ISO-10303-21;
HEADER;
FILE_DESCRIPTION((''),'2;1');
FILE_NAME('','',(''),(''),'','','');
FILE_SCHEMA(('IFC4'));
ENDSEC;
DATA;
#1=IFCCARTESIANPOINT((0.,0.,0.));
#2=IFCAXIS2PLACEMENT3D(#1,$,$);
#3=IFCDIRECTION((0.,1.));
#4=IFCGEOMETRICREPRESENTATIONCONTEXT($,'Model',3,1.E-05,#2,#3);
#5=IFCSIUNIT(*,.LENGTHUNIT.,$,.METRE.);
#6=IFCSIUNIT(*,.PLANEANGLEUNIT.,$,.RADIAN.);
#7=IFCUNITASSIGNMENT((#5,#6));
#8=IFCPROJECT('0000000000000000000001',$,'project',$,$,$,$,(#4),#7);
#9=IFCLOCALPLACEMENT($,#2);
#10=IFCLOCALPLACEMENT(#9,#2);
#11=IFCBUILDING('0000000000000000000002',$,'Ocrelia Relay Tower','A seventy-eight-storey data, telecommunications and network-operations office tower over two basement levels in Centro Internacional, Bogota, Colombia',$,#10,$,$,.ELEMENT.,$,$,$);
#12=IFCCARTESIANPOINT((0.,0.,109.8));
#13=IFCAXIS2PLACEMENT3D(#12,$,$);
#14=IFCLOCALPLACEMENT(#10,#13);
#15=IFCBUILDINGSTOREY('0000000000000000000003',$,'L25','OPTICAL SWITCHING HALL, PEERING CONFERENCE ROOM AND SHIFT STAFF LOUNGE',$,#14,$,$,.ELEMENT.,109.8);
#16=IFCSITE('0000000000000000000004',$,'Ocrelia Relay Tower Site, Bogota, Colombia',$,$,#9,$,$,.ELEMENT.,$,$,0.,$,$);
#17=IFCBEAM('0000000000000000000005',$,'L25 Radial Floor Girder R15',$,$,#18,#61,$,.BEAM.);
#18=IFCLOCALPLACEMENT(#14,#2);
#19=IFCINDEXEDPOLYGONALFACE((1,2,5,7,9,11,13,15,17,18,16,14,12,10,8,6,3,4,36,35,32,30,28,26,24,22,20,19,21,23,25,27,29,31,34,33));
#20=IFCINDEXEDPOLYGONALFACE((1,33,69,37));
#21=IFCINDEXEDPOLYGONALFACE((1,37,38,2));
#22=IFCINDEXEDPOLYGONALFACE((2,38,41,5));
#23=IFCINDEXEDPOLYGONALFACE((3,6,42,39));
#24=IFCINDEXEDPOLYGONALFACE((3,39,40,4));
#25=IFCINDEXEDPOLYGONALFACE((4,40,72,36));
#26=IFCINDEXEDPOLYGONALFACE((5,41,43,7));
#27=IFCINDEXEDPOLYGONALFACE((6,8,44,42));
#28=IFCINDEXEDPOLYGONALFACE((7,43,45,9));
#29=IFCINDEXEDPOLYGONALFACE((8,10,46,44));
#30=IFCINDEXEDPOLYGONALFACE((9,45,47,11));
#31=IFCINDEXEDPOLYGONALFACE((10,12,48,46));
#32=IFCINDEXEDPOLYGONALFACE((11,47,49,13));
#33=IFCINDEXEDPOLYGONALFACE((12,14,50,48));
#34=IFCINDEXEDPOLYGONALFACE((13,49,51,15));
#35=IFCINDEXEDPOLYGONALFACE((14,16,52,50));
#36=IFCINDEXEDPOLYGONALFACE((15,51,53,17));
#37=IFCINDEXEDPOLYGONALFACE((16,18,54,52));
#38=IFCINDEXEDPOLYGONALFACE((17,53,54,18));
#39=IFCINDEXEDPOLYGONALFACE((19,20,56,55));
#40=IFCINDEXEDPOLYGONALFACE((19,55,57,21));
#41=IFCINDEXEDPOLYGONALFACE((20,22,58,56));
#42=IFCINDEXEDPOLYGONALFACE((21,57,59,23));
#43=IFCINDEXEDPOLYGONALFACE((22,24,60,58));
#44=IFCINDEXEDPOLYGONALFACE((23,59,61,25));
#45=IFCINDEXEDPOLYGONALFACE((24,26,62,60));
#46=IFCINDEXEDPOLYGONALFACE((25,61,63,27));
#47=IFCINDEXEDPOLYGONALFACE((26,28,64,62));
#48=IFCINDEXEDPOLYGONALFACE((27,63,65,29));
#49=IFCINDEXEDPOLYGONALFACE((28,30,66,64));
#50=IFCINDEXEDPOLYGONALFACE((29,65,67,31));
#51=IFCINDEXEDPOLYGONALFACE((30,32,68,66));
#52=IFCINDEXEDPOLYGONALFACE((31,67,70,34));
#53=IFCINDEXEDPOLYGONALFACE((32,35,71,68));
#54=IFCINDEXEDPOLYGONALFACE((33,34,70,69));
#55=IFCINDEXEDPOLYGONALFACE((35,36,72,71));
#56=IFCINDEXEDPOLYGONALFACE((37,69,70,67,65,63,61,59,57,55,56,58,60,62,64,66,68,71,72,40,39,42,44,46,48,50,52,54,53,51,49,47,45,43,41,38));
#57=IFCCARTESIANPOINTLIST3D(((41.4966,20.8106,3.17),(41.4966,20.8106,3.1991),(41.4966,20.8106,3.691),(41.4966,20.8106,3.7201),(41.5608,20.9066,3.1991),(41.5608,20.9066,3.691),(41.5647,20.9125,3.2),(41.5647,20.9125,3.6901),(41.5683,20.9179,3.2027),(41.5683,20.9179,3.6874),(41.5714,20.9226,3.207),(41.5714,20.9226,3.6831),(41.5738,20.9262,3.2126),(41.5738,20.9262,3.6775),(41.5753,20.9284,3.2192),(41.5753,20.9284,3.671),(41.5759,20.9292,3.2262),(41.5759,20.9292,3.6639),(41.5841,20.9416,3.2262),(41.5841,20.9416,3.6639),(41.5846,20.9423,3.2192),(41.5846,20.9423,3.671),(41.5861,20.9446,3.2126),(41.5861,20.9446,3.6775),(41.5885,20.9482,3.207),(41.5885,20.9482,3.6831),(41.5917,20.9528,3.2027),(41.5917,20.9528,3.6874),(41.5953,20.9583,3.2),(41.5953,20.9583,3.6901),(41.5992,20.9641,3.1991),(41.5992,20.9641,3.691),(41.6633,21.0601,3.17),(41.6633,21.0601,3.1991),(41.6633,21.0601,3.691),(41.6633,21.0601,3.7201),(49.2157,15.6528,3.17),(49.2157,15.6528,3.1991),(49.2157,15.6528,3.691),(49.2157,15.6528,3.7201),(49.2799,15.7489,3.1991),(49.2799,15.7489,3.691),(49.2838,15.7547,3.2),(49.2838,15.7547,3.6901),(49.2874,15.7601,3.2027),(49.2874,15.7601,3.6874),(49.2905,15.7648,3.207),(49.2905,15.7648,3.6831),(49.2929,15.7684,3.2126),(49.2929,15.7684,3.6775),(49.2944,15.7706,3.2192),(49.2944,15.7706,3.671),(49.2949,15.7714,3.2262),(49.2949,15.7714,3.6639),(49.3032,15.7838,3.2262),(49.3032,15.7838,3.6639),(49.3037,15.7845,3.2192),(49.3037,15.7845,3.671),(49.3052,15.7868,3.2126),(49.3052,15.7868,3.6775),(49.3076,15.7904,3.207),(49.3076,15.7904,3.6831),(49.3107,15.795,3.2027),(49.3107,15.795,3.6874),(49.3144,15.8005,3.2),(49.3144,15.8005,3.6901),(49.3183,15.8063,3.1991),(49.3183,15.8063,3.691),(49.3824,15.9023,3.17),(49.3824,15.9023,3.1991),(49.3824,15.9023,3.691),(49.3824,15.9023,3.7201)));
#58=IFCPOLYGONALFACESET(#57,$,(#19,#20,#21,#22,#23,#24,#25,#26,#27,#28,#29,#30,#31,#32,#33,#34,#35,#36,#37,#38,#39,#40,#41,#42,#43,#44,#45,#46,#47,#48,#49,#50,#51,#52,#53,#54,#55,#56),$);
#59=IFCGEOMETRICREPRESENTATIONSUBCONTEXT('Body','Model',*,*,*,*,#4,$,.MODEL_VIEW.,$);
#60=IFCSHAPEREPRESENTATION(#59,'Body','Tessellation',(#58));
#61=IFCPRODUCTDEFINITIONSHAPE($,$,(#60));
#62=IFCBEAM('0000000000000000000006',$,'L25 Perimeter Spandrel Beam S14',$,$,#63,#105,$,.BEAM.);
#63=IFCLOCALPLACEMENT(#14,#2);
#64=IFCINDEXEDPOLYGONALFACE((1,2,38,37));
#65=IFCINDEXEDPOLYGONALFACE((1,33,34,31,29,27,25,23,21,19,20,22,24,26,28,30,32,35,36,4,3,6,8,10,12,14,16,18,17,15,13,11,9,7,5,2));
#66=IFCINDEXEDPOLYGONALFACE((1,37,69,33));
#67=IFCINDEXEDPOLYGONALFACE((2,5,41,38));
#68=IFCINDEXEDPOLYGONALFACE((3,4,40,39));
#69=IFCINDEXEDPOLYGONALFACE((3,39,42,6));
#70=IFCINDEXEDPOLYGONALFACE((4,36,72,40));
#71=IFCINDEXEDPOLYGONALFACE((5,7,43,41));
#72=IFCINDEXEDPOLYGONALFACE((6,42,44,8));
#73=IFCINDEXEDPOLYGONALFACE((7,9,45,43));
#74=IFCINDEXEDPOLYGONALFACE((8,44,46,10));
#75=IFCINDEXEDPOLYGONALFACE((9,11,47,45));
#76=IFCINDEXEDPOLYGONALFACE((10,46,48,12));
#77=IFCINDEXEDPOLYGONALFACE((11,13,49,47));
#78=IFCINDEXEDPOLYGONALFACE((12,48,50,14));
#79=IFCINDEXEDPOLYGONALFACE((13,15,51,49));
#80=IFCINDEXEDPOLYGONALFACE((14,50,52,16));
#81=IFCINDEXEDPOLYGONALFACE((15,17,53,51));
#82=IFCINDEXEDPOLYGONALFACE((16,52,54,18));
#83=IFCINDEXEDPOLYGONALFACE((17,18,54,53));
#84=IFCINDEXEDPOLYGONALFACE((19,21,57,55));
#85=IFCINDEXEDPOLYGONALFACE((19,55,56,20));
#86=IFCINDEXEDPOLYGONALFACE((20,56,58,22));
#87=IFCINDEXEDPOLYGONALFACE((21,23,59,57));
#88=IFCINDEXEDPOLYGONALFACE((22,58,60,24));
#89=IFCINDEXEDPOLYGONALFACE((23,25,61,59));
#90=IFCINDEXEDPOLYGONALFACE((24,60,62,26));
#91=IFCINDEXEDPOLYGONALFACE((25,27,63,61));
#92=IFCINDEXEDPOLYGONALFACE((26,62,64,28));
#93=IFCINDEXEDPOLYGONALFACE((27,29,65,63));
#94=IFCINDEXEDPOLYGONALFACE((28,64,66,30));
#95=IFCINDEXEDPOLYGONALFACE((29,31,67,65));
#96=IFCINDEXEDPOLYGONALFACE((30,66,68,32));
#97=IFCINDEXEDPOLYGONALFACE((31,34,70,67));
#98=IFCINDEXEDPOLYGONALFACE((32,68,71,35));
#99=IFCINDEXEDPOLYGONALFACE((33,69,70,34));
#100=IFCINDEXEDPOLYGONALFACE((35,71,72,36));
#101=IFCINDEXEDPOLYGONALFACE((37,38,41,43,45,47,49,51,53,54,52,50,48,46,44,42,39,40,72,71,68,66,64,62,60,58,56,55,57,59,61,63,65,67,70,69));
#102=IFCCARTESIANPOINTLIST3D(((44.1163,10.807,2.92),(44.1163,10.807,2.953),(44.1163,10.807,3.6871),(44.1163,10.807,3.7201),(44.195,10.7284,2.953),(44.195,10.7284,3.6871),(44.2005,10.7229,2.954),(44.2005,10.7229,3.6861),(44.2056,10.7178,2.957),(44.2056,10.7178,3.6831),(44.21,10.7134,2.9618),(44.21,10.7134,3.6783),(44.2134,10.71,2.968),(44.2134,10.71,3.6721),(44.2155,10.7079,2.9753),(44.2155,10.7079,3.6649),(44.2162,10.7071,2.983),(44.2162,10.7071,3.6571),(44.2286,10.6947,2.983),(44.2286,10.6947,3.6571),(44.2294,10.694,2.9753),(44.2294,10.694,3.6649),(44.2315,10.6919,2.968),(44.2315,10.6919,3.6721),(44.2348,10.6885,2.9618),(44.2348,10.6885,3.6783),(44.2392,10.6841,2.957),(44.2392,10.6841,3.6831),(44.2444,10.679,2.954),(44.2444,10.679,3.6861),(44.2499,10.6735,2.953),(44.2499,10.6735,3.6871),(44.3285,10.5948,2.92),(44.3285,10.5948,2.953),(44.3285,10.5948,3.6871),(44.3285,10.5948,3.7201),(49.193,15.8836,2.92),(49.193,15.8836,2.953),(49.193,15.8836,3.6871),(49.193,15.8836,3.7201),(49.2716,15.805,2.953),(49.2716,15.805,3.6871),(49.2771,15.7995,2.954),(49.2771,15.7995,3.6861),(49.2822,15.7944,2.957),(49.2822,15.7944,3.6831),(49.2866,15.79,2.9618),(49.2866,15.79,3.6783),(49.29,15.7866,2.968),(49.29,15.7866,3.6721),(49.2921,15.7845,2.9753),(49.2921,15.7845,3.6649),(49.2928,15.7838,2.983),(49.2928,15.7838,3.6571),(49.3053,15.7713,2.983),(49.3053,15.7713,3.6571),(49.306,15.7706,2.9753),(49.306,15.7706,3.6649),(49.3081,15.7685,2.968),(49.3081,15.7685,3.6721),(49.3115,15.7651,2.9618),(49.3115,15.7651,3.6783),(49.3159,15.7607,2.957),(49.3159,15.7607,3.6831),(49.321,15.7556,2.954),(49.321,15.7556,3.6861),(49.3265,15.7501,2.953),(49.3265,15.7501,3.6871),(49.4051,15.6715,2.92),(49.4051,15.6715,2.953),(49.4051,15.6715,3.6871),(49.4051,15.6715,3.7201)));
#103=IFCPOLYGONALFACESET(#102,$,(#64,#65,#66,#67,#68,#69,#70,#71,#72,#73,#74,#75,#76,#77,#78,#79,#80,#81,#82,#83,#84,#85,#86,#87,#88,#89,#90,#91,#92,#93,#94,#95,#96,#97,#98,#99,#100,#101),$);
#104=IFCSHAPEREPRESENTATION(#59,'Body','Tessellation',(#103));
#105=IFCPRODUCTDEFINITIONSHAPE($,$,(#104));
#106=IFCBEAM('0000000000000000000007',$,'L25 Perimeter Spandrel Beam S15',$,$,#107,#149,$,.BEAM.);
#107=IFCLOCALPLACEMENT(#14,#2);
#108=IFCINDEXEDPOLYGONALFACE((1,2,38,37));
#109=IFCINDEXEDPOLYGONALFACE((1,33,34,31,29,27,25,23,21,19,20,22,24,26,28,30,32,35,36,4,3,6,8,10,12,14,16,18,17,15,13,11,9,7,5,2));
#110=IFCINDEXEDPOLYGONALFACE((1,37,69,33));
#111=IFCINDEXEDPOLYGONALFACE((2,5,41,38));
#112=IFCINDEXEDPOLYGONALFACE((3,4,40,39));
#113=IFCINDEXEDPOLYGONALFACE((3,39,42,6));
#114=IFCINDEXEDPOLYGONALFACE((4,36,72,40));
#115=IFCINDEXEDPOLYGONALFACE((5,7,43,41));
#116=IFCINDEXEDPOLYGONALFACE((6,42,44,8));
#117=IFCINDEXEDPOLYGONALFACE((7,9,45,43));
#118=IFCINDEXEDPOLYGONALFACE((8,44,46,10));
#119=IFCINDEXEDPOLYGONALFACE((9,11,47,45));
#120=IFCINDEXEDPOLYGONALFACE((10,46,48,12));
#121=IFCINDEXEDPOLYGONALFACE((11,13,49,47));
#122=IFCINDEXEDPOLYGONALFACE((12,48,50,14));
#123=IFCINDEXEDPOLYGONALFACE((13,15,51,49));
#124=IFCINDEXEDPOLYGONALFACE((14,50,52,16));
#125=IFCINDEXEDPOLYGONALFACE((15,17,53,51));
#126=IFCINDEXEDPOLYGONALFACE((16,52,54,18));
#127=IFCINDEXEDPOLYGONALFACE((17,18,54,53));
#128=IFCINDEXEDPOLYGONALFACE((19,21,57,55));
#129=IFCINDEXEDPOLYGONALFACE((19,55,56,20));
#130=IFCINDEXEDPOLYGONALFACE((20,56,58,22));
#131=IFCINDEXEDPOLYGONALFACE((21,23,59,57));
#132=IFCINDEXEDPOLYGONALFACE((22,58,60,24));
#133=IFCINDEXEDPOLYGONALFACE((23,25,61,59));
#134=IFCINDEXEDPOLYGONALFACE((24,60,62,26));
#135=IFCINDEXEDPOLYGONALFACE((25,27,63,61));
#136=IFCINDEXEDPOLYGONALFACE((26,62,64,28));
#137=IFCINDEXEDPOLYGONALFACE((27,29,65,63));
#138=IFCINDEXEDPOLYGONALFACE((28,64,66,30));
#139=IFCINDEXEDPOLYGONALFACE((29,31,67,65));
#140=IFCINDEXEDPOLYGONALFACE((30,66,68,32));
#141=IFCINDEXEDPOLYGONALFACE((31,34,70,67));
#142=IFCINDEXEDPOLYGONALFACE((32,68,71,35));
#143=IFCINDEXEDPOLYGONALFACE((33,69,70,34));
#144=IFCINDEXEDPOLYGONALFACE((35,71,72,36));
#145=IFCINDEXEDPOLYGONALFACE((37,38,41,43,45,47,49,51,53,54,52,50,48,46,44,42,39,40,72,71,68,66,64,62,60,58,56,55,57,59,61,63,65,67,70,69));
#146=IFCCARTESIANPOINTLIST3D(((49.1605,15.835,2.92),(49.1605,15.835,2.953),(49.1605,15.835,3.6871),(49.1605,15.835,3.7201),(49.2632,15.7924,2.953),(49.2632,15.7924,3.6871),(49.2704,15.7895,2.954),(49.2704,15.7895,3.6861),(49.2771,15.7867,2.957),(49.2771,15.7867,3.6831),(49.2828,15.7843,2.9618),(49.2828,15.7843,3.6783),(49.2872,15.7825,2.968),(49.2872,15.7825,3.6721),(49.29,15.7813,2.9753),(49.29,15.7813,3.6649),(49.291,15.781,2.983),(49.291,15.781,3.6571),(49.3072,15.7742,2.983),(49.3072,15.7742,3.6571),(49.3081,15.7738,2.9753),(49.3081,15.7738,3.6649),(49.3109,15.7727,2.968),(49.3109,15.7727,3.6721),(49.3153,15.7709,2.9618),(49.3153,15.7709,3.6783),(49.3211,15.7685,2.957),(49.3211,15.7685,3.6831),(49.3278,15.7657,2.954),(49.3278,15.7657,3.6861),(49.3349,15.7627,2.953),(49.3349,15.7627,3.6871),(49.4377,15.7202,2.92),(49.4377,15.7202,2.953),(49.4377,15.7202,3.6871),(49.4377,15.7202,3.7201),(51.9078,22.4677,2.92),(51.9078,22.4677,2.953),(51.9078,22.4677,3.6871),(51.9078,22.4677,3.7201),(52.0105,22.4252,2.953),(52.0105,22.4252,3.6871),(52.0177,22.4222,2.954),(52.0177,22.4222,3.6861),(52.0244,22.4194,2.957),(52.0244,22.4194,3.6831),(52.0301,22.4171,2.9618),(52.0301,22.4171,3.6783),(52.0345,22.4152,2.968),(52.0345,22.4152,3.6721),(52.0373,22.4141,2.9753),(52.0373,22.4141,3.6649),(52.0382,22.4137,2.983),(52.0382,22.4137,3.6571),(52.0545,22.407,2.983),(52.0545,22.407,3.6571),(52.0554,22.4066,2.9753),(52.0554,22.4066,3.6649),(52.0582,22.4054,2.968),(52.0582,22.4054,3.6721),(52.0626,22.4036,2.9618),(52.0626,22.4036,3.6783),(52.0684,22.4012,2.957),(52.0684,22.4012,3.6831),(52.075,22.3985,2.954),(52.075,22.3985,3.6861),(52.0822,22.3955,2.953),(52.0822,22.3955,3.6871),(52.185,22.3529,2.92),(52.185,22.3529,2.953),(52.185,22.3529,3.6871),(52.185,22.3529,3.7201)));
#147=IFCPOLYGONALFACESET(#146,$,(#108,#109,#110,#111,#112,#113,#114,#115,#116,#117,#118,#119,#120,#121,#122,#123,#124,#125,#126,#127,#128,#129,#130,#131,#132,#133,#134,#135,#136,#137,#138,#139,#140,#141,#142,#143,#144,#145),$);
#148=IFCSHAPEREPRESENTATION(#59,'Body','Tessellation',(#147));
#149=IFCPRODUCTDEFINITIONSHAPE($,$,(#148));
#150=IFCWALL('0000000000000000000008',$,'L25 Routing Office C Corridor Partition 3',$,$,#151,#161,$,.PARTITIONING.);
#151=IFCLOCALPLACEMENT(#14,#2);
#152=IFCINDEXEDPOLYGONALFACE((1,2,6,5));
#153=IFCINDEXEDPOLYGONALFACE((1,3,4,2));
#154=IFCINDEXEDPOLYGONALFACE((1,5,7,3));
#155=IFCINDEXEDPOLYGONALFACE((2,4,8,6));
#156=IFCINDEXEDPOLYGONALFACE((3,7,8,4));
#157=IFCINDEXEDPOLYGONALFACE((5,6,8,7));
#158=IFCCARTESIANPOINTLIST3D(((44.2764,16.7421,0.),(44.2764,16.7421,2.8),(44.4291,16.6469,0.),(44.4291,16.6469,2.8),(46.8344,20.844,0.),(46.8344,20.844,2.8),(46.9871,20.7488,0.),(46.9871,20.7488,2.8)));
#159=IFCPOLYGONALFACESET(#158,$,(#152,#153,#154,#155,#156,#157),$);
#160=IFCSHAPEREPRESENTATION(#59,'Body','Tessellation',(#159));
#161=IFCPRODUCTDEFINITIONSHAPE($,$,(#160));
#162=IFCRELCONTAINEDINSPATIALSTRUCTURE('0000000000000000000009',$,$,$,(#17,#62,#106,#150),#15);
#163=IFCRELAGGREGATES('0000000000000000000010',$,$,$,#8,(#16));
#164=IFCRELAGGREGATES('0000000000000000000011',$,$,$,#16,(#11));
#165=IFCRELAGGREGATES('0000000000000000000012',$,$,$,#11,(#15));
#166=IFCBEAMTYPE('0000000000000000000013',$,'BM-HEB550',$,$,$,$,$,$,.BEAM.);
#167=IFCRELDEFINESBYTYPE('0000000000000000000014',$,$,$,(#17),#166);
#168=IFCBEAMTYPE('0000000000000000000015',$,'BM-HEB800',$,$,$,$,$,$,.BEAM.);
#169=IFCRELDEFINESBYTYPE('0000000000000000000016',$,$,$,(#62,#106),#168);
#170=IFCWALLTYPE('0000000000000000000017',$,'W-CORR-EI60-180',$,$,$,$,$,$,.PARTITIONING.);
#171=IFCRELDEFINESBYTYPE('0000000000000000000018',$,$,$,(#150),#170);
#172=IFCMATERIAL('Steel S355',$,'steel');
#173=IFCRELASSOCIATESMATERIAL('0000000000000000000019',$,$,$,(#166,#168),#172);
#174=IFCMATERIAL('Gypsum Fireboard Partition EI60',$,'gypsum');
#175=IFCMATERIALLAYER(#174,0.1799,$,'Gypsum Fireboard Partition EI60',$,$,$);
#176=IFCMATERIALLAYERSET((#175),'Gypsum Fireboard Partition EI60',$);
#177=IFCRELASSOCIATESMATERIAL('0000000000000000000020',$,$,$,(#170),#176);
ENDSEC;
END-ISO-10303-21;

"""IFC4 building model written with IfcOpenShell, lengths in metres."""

from ifc_helpers import new_model, si_unit, direction, frame, frame_2d, origin, origin_2d, place, context, subcontext, project, spatial, rectangle, i_section, extrude, material, layer, layer_set, material_profile, profile_set, type_object, element, save


model = new_model("IFC4")

# Units and contexts
model_context = context("Model", 3, precision=1e-05, world=origin(), true_north=direction((0.0, 1.0)))
body_context = subcontext(model_context, "Body", "Model", "MODEL_VIEW")
ifc_project = project(units=[si_unit("LENGTHUNIT", "METRE"), si_unit("PLANEANGLEUNIT", "RADIAN")], contexts=[model_context])

# Site, building, storey
site_placement = place(None, origin())
site = spatial("IfcSite", under=ifc_project, at=site_placement, Name="Ocrelia Relay Tower Site, Bogota, Colombia", CompositionType="ELEMENT", RefElevation=0.0)
building_placement = place(site_placement, origin())
building = spatial("IfcBuilding", under=site, at=building_placement, Name="Ocrelia Relay Tower", Description="A seventy-eight-storey data, telecommunications and network-operations office tower over two basement levels in Centro Internacional, Bogota, Colombia", CompositionType="ELEMENT")
storey_placement = place(building_placement, frame((0.0, 0.0, 109.8)))
storey = spatial("IfcBuildingStorey", under=building, at=storey_placement, Name="L25", Description="OPTICAL SWITCHING HALL, PEERING CONFERENCE ROOM AND SHIFT STAFF LOUNGE", CompositionType="ELEMENT", Elevation=109.8)

# Beams
ifc_material_1 = material(Name="Steel S355", Category="steel")
ifc_material_profile_1 = material_profile(ifc_material_1, i_section(OverallWidth=0.3, OverallDepth=0.55, WebThickness=0.0149, FlangeThickness=0.0291, FilletRadius=0.0271, at=origin_2d()), Name="HEB 550")
ifc_profile_set_1 = profile_set([ifc_material_profile_1], Name="Steel S355")
beam_type_1 = type_object("IfcBeamType", Name="BM-HEB550", PredefinedType="BEAM", material=ifc_profile_set_1)
beam_1_placement = place(storey_placement, frame((49.2991, 15.7776, 3.4451), z_axis=(-0.831467, 0.555574, 0.0), x_axis=(-0.555574, -0.831467, 0.0)))
element("IfcBeam", 1, at=beam_1_placement, inside=storey, type_object=beam_type_1, Name="L25 Radial Floor Girder R15", PredefinedType="BEAM", context=body_context, shape_type="SweptSolid", body=[
    extrude(i_section(OverallWidth=0.3, OverallDepth=0.55, WebThickness=0.0149, FlangeThickness=0.0291, FilletRadius=0.0271, at=origin_2d()), origin(), (0.0, 0.0, 1.0), 9.2837),
])
ifc_material_profile_2 = material_profile(ifc_material_1, i_section(OverallWidth=0.3, OverallDepth=0.8, WebThickness=0.0176, FlangeThickness=0.033, FilletRadius=0.03, at=origin_2d()), Name="HEB 800")
ifc_profile_set_2 = profile_set([ifc_material_profile_2], Name="Steel S355")
beam_type_2 = type_object("IfcBeamType", Name="BM-HEB800", PredefinedType="BEAM", material=ifc_profile_set_2)
beam_2_placement = place(storey_placement, frame((44.2224, 10.7009, 3.3201), z_axis=(0.707107, 0.707107, 0.0), x_axis=(-0.707107, 0.707107, 0.0)))
element("IfcBeam", 2, at=beam_2_placement, inside=storey, type_object=beam_type_2, Name="L25 Perimeter Spandrel Beam S14", PredefinedType="BEAM", context=body_context, shape_type="SweptSolid", body=[
    extrude(i_section(OverallWidth=0.3, OverallDepth=0.8, WebThickness=0.0176, FlangeThickness=0.033, FilletRadius=0.03, at=origin_2d()), origin(), (0.0, 0.0, 1.0), 7.1794),
])
beam_3_placement = place(storey_placement, frame((49.2991, 15.7776, 3.3201), z_axis=(0.382673, 0.923884, 0.0), x_axis=(-0.923884, 0.382673, 0.0)))
element("IfcBeam", 3, at=beam_3_placement, inside=storey, type_object=beam_type_2, Name="L25 Perimeter Spandrel Beam S15", PredefinedType="BEAM", context=body_context, shape_type="SweptSolid", body=[
    extrude(i_section(OverallWidth=0.3, OverallDepth=0.8, WebThickness=0.0176, FlangeThickness=0.033, FilletRadius=0.03, at=origin_2d()), origin(), (0.0, 0.0, 1.0), 7.1792),
])

# Wall
ifc_material_2 = material(Name="Gypsum Fireboard Partition EI60", Category="gypsum")
ifc_layer_1 = layer(ifc_material_2, 0.1799, Name="Gypsum Fireboard Partition EI60")
ifc_layer_set_1 = layer_set([ifc_layer_1], Name="Gypsum Fireboard Partition EI60")
wall_type_1 = type_object("IfcWallType", Name="W-CORR-EI60-180", PredefinedType="PARTITIONING", material=ifc_layer_set_1)
wall_1_placement = place(storey_placement, frame((44.3528, 16.6946, 0.0), z_axis=(0.0, 0.0, 1.0), x_axis=(0.529154, 0.848526, 0.0)))
element("IfcWall", 4, at=wall_1_placement, inside=storey, type_object=wall_type_1, Name="L25 Routing Office C Corridor Partition 3", PredefinedType="PARTITIONING", context=body_context, shape_type="SweptSolid", body=[
    extrude(rectangle(XDim=4.8342, YDim=0.1799, at=frame_2d((2.417, 0.0))), origin(), (0.0, 0.0, 1.0), 2.8),
])

save(model, "model.ifc")
